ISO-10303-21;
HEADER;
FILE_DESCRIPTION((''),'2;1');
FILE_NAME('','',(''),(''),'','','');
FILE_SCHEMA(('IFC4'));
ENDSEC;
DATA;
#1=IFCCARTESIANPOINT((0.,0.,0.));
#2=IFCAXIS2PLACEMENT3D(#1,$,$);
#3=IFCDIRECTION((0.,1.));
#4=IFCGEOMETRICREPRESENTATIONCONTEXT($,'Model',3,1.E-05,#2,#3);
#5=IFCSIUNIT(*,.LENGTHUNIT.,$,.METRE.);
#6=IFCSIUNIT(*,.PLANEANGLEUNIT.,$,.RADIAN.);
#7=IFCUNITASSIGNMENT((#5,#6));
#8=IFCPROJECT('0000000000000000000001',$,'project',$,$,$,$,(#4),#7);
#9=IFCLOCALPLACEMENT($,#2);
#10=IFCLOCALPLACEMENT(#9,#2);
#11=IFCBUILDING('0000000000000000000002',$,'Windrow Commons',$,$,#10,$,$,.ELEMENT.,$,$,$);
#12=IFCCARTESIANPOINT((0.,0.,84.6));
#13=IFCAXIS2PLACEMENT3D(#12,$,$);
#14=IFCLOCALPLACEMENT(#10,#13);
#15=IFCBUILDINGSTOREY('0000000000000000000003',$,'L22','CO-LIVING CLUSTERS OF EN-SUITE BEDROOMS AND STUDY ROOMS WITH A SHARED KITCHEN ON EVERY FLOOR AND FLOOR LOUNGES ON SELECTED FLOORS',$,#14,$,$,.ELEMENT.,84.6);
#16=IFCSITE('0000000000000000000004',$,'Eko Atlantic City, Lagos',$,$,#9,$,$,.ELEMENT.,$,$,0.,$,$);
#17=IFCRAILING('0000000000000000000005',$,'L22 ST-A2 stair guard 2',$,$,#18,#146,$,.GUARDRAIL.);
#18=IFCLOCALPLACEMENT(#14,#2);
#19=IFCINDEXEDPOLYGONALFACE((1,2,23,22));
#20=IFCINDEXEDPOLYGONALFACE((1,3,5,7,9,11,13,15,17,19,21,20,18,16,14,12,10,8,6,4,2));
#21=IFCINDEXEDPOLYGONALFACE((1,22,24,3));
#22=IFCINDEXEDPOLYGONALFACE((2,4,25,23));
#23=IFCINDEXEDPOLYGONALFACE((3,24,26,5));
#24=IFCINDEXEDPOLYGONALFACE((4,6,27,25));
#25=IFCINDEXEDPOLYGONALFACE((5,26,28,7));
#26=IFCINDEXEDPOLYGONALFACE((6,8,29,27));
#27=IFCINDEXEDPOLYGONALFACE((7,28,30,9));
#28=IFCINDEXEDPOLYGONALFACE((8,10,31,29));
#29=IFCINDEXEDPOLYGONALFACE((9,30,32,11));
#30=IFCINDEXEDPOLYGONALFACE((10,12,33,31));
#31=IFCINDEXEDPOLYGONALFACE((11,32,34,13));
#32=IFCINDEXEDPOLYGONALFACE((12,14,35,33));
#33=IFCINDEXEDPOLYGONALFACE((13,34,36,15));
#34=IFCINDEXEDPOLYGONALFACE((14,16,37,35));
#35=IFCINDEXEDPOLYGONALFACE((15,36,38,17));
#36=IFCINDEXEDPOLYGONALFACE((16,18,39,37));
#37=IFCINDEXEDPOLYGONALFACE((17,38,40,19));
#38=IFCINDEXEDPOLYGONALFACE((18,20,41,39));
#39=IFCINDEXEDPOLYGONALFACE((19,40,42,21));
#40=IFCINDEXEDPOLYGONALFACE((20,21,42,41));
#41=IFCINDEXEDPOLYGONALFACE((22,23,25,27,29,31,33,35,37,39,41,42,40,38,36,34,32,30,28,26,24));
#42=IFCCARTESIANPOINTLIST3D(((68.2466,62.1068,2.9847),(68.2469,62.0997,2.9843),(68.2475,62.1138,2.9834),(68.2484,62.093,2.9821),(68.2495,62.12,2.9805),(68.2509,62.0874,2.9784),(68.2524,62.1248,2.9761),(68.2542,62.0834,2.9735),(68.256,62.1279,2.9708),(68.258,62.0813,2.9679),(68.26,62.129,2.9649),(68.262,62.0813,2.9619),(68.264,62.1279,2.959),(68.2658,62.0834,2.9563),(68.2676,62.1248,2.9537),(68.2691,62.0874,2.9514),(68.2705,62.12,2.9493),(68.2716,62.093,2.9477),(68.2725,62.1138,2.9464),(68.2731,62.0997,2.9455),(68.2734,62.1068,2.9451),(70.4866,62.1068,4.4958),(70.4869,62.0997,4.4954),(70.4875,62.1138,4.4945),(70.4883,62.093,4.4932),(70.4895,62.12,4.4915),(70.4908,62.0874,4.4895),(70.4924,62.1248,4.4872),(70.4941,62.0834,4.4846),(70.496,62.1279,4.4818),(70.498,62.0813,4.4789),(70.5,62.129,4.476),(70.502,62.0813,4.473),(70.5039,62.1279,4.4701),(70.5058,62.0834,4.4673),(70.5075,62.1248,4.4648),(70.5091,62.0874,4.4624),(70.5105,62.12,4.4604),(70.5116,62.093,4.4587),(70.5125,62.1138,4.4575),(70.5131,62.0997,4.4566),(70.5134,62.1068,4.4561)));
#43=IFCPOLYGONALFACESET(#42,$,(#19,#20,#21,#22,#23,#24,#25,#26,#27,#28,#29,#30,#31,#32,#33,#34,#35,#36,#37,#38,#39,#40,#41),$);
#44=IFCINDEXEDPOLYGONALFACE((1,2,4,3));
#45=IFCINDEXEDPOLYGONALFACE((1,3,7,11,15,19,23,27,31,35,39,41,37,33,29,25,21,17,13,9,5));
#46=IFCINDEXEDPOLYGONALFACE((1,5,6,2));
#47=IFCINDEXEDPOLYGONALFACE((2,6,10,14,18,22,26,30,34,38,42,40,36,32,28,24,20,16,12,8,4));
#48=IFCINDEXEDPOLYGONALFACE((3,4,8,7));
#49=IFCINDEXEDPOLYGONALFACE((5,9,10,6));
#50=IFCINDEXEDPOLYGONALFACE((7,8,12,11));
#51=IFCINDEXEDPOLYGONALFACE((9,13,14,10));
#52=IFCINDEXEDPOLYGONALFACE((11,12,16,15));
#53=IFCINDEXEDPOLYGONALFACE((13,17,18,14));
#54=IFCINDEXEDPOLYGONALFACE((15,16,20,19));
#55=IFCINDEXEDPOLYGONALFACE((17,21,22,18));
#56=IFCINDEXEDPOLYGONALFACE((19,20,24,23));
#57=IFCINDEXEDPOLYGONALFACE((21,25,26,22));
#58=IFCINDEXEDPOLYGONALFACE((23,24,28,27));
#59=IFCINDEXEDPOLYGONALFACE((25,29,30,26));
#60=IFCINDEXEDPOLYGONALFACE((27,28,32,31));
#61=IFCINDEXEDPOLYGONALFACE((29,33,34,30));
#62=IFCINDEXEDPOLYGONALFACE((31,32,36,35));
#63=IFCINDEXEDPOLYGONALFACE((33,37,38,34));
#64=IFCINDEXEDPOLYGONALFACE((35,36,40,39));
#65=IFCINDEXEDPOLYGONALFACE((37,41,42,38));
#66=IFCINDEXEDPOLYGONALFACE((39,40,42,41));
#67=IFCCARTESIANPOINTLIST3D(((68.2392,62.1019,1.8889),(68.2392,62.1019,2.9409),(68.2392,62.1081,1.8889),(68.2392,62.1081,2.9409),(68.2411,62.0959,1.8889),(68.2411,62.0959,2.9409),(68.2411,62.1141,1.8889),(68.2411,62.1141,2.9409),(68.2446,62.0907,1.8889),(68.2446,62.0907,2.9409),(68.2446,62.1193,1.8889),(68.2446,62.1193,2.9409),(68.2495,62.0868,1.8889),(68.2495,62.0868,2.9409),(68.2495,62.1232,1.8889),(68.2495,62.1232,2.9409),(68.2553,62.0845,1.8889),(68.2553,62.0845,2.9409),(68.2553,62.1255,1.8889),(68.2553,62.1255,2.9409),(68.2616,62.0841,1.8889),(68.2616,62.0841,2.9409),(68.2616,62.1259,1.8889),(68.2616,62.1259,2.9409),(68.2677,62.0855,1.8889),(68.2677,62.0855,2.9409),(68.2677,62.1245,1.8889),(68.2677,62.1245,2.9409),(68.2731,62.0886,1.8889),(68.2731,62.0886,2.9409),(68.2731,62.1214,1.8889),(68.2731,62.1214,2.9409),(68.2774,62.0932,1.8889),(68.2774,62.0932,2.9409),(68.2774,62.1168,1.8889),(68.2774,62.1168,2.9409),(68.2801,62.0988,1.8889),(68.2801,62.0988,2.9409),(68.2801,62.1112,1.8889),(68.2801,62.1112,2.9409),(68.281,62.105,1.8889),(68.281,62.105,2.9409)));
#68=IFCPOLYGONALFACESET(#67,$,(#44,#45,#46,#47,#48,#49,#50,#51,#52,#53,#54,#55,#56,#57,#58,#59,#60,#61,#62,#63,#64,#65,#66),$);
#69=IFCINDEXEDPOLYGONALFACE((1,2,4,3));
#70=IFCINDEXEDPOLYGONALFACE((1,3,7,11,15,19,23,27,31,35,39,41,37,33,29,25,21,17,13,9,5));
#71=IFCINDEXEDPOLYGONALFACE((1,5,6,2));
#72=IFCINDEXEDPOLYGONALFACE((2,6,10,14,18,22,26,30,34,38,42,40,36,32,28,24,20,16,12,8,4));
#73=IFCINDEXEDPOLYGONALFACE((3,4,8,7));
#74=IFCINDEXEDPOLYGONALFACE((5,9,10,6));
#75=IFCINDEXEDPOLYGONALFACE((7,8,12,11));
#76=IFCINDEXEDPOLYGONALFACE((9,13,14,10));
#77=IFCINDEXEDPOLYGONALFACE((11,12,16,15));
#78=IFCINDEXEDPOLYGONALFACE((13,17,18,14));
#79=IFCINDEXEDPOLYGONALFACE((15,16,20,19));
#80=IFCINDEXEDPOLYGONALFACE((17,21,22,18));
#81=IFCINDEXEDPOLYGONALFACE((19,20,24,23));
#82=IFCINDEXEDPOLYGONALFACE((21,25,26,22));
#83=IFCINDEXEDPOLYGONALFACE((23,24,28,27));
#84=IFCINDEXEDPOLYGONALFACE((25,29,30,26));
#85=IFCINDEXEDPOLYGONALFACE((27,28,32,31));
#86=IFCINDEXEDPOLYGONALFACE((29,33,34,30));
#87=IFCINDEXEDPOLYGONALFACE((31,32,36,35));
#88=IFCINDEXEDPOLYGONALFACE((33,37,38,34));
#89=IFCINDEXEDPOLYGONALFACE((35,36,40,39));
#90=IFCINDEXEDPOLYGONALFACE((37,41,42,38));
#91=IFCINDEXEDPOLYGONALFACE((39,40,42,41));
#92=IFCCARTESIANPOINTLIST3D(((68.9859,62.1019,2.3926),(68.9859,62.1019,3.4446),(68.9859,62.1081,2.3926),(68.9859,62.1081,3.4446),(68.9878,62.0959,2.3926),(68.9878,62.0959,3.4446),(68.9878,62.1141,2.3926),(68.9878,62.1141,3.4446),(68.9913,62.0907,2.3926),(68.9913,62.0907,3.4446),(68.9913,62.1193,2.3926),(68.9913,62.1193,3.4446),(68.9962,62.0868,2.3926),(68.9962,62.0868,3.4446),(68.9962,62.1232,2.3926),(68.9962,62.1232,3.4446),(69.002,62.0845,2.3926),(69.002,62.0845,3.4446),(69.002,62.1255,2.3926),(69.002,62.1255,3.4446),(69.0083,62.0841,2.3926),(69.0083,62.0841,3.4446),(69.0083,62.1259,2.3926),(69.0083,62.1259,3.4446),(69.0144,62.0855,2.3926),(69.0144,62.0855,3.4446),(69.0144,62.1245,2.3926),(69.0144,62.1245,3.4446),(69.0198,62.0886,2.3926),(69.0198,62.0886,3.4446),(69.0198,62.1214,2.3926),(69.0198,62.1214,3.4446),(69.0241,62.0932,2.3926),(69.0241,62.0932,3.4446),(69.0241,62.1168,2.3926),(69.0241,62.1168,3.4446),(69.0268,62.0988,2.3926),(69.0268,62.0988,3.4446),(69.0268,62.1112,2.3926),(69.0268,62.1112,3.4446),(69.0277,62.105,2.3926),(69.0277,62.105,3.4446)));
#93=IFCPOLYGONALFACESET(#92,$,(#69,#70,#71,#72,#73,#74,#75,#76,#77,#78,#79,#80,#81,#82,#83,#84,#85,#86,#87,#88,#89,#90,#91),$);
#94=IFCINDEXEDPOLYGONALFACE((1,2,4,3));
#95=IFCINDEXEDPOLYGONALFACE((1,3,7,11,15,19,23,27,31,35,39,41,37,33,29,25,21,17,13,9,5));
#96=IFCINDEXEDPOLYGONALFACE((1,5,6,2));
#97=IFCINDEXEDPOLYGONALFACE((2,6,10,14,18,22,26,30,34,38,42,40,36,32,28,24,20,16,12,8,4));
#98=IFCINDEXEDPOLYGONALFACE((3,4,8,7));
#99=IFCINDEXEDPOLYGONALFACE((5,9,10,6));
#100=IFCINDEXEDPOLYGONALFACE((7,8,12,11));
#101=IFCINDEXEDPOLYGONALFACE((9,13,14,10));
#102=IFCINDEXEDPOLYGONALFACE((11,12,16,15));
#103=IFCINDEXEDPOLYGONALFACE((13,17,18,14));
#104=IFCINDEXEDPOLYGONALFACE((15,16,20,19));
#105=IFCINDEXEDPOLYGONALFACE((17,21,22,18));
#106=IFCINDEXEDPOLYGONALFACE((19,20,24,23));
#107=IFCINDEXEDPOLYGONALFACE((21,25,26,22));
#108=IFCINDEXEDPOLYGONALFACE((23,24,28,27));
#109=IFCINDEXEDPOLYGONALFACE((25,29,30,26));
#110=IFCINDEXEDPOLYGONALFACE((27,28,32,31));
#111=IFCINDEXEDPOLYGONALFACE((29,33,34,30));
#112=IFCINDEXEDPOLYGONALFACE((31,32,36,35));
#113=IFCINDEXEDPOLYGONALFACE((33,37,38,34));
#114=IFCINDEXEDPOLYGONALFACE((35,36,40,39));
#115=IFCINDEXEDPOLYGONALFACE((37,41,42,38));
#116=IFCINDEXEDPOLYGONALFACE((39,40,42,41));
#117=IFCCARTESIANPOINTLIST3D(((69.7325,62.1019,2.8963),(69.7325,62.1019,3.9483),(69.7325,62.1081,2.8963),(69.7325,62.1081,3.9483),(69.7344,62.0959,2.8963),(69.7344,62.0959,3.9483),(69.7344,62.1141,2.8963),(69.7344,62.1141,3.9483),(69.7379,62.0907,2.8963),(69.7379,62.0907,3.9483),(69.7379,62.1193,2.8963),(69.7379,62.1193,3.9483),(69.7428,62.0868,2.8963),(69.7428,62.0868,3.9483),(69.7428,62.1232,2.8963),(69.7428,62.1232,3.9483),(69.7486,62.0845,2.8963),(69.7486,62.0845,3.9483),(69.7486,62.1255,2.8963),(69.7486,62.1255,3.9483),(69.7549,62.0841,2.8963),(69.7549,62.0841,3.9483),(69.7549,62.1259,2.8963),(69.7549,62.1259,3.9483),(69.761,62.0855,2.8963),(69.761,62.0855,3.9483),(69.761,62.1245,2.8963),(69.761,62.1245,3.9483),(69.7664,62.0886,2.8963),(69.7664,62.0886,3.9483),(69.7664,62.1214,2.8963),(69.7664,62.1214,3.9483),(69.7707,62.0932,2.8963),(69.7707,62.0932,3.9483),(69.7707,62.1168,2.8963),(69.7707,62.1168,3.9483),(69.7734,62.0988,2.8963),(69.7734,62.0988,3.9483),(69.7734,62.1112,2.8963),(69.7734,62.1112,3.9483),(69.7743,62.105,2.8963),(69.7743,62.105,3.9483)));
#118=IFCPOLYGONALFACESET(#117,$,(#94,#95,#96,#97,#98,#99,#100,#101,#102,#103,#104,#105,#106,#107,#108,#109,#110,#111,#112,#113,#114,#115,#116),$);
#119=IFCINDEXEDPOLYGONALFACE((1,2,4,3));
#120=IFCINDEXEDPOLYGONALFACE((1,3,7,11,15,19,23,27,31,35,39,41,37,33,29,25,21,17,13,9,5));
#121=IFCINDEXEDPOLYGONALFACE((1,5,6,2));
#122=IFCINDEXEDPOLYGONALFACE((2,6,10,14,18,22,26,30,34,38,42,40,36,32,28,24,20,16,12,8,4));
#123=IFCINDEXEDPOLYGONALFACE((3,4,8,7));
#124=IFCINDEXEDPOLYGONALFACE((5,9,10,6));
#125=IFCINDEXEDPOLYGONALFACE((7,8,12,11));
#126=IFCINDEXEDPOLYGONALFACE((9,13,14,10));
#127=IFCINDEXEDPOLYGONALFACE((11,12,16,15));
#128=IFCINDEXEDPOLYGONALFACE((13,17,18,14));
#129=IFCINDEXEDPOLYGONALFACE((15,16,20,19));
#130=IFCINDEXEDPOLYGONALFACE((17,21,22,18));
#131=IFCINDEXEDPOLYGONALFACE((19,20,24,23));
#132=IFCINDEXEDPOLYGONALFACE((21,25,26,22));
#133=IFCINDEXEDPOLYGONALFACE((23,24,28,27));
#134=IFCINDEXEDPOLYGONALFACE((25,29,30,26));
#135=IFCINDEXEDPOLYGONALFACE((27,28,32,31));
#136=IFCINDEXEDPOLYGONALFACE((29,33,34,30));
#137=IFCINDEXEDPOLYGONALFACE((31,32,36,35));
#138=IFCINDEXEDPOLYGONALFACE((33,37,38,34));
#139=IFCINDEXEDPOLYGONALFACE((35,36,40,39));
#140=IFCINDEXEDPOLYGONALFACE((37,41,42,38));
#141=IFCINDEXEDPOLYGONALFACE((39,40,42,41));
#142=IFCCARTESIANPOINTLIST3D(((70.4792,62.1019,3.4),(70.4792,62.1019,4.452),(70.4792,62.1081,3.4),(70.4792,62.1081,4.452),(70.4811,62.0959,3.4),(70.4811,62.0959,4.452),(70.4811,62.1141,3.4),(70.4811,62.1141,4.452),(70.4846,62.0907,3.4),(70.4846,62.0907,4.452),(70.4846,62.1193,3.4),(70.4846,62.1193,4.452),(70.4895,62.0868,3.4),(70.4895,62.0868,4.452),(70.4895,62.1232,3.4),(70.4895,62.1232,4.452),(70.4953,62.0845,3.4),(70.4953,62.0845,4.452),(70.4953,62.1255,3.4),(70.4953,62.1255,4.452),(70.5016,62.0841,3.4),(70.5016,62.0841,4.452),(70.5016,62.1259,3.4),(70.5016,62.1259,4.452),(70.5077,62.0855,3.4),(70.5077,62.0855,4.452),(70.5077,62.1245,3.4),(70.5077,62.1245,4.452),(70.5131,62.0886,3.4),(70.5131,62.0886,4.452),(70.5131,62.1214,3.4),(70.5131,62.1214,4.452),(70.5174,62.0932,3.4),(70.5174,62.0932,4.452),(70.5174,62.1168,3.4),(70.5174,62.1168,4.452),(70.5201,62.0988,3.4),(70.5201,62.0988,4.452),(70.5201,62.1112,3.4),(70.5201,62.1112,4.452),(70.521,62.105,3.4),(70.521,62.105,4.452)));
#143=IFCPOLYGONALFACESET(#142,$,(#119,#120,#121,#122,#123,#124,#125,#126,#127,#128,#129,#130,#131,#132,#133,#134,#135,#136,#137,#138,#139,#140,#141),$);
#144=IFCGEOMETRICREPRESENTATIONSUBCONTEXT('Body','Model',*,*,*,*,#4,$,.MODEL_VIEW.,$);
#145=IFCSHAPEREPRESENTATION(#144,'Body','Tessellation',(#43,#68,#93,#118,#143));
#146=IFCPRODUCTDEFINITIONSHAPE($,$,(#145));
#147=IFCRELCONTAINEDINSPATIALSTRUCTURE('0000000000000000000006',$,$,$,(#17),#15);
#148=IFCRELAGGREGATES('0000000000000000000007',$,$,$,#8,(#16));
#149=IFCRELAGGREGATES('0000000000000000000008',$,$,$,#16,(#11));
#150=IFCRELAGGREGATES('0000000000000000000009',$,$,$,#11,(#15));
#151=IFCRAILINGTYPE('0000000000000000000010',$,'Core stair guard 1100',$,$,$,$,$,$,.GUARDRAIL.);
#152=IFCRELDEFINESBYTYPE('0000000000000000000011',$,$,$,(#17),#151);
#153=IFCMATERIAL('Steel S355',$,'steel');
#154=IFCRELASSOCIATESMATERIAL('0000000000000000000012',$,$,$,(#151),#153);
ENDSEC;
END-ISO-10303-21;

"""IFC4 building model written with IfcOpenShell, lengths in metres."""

from ifc_helpers import new_model, si_unit, direction, frame, origin, origin_2d, place, context, subcontext, project, spatial, circle, extrude, material, type_object, element, save


model = new_model("IFC4")

# Units and contexts
model_context = context("Model", 3, precision=1e-05, world=origin(), true_north=direction((0.0, 1.0)))
body_context = subcontext(model_context, "Body", "Model", "MODEL_VIEW")
ifc_project = project(units=[si_unit("LENGTHUNIT", "METRE"), si_unit("PLANEANGLEUNIT", "RADIAN")], contexts=[model_context])

# Site, building, storey
site_placement = place(None, origin())
site = spatial("IfcSite", under=ifc_project, at=site_placement, Name="Eko Atlantic City, Lagos", CompositionType="ELEMENT", RefElevation=0.0)
building_placement = place(site_placement, origin())
building = spatial("IfcBuilding", under=site, at=building_placement, Name="Windrow Commons", CompositionType="ELEMENT")
storey_placement = place(building_placement, frame((0.0, 0.0, 84.6)))
storey = spatial("IfcBuildingStorey", under=building, at=storey_placement, Name="L22", Description="CO-LIVING CLUSTERS OF EN-SUITE BEDROOMS AND STUDY ROOMS WITH A SHARED KITCHEN ON EVERY FLOOR AND FLOOR LOUNGES ON SELECTED FLOORS", CompositionType="ELEMENT", Elevation=84.6)

# Railing
ifc_material_1 = material(Name="Steel S355", Category="steel")
railing_type_1 = type_object("IfcRailingType", Name="Core stair guard 1100", PredefinedType="GUARDRAIL", material=ifc_material_1)
railing_1_placement = place(storey_placement, frame((68.26, 62.105, 1.8889)))
element("IfcRailing", 1, at=railing_1_placement, inside=storey, type_object=railing_type_1, Name="L22 ST-A2 stair guard 2", PredefinedType="GUARDRAIL", context=body_context, shape_type="SweptSolid", body=[
    extrude(circle(Radius=0.024, at=origin_2d()), frame((0.0, 0.0, 1.076), z_axis=(0.829003, 0.0, 0.559244), x_axis=(0.0, 1.0, 0.0)), (0.0, 0.0, 1.0), 2.702),
    extrude(circle(Radius=0.021, at=origin_2d()), origin(), (0.0, 0.0, 1.0), 1.052),
    extrude(circle(Radius=0.021, at=origin_2d()), frame((0.7467, 0.0, 0.5037)), (0.0, 0.0, 1.0), 1.052),
    extrude(circle(Radius=0.021, at=origin_2d()), frame((1.4933, 0.0, 1.0074)), (0.0, 0.0, 1.0), 1.052),
    extrude(circle(Radius=0.021, at=origin_2d()), frame((2.24, 0.0, 1.5111)), (0.0, 0.0, 1.0), 1.052),
])

save(model, "model.ifc")
